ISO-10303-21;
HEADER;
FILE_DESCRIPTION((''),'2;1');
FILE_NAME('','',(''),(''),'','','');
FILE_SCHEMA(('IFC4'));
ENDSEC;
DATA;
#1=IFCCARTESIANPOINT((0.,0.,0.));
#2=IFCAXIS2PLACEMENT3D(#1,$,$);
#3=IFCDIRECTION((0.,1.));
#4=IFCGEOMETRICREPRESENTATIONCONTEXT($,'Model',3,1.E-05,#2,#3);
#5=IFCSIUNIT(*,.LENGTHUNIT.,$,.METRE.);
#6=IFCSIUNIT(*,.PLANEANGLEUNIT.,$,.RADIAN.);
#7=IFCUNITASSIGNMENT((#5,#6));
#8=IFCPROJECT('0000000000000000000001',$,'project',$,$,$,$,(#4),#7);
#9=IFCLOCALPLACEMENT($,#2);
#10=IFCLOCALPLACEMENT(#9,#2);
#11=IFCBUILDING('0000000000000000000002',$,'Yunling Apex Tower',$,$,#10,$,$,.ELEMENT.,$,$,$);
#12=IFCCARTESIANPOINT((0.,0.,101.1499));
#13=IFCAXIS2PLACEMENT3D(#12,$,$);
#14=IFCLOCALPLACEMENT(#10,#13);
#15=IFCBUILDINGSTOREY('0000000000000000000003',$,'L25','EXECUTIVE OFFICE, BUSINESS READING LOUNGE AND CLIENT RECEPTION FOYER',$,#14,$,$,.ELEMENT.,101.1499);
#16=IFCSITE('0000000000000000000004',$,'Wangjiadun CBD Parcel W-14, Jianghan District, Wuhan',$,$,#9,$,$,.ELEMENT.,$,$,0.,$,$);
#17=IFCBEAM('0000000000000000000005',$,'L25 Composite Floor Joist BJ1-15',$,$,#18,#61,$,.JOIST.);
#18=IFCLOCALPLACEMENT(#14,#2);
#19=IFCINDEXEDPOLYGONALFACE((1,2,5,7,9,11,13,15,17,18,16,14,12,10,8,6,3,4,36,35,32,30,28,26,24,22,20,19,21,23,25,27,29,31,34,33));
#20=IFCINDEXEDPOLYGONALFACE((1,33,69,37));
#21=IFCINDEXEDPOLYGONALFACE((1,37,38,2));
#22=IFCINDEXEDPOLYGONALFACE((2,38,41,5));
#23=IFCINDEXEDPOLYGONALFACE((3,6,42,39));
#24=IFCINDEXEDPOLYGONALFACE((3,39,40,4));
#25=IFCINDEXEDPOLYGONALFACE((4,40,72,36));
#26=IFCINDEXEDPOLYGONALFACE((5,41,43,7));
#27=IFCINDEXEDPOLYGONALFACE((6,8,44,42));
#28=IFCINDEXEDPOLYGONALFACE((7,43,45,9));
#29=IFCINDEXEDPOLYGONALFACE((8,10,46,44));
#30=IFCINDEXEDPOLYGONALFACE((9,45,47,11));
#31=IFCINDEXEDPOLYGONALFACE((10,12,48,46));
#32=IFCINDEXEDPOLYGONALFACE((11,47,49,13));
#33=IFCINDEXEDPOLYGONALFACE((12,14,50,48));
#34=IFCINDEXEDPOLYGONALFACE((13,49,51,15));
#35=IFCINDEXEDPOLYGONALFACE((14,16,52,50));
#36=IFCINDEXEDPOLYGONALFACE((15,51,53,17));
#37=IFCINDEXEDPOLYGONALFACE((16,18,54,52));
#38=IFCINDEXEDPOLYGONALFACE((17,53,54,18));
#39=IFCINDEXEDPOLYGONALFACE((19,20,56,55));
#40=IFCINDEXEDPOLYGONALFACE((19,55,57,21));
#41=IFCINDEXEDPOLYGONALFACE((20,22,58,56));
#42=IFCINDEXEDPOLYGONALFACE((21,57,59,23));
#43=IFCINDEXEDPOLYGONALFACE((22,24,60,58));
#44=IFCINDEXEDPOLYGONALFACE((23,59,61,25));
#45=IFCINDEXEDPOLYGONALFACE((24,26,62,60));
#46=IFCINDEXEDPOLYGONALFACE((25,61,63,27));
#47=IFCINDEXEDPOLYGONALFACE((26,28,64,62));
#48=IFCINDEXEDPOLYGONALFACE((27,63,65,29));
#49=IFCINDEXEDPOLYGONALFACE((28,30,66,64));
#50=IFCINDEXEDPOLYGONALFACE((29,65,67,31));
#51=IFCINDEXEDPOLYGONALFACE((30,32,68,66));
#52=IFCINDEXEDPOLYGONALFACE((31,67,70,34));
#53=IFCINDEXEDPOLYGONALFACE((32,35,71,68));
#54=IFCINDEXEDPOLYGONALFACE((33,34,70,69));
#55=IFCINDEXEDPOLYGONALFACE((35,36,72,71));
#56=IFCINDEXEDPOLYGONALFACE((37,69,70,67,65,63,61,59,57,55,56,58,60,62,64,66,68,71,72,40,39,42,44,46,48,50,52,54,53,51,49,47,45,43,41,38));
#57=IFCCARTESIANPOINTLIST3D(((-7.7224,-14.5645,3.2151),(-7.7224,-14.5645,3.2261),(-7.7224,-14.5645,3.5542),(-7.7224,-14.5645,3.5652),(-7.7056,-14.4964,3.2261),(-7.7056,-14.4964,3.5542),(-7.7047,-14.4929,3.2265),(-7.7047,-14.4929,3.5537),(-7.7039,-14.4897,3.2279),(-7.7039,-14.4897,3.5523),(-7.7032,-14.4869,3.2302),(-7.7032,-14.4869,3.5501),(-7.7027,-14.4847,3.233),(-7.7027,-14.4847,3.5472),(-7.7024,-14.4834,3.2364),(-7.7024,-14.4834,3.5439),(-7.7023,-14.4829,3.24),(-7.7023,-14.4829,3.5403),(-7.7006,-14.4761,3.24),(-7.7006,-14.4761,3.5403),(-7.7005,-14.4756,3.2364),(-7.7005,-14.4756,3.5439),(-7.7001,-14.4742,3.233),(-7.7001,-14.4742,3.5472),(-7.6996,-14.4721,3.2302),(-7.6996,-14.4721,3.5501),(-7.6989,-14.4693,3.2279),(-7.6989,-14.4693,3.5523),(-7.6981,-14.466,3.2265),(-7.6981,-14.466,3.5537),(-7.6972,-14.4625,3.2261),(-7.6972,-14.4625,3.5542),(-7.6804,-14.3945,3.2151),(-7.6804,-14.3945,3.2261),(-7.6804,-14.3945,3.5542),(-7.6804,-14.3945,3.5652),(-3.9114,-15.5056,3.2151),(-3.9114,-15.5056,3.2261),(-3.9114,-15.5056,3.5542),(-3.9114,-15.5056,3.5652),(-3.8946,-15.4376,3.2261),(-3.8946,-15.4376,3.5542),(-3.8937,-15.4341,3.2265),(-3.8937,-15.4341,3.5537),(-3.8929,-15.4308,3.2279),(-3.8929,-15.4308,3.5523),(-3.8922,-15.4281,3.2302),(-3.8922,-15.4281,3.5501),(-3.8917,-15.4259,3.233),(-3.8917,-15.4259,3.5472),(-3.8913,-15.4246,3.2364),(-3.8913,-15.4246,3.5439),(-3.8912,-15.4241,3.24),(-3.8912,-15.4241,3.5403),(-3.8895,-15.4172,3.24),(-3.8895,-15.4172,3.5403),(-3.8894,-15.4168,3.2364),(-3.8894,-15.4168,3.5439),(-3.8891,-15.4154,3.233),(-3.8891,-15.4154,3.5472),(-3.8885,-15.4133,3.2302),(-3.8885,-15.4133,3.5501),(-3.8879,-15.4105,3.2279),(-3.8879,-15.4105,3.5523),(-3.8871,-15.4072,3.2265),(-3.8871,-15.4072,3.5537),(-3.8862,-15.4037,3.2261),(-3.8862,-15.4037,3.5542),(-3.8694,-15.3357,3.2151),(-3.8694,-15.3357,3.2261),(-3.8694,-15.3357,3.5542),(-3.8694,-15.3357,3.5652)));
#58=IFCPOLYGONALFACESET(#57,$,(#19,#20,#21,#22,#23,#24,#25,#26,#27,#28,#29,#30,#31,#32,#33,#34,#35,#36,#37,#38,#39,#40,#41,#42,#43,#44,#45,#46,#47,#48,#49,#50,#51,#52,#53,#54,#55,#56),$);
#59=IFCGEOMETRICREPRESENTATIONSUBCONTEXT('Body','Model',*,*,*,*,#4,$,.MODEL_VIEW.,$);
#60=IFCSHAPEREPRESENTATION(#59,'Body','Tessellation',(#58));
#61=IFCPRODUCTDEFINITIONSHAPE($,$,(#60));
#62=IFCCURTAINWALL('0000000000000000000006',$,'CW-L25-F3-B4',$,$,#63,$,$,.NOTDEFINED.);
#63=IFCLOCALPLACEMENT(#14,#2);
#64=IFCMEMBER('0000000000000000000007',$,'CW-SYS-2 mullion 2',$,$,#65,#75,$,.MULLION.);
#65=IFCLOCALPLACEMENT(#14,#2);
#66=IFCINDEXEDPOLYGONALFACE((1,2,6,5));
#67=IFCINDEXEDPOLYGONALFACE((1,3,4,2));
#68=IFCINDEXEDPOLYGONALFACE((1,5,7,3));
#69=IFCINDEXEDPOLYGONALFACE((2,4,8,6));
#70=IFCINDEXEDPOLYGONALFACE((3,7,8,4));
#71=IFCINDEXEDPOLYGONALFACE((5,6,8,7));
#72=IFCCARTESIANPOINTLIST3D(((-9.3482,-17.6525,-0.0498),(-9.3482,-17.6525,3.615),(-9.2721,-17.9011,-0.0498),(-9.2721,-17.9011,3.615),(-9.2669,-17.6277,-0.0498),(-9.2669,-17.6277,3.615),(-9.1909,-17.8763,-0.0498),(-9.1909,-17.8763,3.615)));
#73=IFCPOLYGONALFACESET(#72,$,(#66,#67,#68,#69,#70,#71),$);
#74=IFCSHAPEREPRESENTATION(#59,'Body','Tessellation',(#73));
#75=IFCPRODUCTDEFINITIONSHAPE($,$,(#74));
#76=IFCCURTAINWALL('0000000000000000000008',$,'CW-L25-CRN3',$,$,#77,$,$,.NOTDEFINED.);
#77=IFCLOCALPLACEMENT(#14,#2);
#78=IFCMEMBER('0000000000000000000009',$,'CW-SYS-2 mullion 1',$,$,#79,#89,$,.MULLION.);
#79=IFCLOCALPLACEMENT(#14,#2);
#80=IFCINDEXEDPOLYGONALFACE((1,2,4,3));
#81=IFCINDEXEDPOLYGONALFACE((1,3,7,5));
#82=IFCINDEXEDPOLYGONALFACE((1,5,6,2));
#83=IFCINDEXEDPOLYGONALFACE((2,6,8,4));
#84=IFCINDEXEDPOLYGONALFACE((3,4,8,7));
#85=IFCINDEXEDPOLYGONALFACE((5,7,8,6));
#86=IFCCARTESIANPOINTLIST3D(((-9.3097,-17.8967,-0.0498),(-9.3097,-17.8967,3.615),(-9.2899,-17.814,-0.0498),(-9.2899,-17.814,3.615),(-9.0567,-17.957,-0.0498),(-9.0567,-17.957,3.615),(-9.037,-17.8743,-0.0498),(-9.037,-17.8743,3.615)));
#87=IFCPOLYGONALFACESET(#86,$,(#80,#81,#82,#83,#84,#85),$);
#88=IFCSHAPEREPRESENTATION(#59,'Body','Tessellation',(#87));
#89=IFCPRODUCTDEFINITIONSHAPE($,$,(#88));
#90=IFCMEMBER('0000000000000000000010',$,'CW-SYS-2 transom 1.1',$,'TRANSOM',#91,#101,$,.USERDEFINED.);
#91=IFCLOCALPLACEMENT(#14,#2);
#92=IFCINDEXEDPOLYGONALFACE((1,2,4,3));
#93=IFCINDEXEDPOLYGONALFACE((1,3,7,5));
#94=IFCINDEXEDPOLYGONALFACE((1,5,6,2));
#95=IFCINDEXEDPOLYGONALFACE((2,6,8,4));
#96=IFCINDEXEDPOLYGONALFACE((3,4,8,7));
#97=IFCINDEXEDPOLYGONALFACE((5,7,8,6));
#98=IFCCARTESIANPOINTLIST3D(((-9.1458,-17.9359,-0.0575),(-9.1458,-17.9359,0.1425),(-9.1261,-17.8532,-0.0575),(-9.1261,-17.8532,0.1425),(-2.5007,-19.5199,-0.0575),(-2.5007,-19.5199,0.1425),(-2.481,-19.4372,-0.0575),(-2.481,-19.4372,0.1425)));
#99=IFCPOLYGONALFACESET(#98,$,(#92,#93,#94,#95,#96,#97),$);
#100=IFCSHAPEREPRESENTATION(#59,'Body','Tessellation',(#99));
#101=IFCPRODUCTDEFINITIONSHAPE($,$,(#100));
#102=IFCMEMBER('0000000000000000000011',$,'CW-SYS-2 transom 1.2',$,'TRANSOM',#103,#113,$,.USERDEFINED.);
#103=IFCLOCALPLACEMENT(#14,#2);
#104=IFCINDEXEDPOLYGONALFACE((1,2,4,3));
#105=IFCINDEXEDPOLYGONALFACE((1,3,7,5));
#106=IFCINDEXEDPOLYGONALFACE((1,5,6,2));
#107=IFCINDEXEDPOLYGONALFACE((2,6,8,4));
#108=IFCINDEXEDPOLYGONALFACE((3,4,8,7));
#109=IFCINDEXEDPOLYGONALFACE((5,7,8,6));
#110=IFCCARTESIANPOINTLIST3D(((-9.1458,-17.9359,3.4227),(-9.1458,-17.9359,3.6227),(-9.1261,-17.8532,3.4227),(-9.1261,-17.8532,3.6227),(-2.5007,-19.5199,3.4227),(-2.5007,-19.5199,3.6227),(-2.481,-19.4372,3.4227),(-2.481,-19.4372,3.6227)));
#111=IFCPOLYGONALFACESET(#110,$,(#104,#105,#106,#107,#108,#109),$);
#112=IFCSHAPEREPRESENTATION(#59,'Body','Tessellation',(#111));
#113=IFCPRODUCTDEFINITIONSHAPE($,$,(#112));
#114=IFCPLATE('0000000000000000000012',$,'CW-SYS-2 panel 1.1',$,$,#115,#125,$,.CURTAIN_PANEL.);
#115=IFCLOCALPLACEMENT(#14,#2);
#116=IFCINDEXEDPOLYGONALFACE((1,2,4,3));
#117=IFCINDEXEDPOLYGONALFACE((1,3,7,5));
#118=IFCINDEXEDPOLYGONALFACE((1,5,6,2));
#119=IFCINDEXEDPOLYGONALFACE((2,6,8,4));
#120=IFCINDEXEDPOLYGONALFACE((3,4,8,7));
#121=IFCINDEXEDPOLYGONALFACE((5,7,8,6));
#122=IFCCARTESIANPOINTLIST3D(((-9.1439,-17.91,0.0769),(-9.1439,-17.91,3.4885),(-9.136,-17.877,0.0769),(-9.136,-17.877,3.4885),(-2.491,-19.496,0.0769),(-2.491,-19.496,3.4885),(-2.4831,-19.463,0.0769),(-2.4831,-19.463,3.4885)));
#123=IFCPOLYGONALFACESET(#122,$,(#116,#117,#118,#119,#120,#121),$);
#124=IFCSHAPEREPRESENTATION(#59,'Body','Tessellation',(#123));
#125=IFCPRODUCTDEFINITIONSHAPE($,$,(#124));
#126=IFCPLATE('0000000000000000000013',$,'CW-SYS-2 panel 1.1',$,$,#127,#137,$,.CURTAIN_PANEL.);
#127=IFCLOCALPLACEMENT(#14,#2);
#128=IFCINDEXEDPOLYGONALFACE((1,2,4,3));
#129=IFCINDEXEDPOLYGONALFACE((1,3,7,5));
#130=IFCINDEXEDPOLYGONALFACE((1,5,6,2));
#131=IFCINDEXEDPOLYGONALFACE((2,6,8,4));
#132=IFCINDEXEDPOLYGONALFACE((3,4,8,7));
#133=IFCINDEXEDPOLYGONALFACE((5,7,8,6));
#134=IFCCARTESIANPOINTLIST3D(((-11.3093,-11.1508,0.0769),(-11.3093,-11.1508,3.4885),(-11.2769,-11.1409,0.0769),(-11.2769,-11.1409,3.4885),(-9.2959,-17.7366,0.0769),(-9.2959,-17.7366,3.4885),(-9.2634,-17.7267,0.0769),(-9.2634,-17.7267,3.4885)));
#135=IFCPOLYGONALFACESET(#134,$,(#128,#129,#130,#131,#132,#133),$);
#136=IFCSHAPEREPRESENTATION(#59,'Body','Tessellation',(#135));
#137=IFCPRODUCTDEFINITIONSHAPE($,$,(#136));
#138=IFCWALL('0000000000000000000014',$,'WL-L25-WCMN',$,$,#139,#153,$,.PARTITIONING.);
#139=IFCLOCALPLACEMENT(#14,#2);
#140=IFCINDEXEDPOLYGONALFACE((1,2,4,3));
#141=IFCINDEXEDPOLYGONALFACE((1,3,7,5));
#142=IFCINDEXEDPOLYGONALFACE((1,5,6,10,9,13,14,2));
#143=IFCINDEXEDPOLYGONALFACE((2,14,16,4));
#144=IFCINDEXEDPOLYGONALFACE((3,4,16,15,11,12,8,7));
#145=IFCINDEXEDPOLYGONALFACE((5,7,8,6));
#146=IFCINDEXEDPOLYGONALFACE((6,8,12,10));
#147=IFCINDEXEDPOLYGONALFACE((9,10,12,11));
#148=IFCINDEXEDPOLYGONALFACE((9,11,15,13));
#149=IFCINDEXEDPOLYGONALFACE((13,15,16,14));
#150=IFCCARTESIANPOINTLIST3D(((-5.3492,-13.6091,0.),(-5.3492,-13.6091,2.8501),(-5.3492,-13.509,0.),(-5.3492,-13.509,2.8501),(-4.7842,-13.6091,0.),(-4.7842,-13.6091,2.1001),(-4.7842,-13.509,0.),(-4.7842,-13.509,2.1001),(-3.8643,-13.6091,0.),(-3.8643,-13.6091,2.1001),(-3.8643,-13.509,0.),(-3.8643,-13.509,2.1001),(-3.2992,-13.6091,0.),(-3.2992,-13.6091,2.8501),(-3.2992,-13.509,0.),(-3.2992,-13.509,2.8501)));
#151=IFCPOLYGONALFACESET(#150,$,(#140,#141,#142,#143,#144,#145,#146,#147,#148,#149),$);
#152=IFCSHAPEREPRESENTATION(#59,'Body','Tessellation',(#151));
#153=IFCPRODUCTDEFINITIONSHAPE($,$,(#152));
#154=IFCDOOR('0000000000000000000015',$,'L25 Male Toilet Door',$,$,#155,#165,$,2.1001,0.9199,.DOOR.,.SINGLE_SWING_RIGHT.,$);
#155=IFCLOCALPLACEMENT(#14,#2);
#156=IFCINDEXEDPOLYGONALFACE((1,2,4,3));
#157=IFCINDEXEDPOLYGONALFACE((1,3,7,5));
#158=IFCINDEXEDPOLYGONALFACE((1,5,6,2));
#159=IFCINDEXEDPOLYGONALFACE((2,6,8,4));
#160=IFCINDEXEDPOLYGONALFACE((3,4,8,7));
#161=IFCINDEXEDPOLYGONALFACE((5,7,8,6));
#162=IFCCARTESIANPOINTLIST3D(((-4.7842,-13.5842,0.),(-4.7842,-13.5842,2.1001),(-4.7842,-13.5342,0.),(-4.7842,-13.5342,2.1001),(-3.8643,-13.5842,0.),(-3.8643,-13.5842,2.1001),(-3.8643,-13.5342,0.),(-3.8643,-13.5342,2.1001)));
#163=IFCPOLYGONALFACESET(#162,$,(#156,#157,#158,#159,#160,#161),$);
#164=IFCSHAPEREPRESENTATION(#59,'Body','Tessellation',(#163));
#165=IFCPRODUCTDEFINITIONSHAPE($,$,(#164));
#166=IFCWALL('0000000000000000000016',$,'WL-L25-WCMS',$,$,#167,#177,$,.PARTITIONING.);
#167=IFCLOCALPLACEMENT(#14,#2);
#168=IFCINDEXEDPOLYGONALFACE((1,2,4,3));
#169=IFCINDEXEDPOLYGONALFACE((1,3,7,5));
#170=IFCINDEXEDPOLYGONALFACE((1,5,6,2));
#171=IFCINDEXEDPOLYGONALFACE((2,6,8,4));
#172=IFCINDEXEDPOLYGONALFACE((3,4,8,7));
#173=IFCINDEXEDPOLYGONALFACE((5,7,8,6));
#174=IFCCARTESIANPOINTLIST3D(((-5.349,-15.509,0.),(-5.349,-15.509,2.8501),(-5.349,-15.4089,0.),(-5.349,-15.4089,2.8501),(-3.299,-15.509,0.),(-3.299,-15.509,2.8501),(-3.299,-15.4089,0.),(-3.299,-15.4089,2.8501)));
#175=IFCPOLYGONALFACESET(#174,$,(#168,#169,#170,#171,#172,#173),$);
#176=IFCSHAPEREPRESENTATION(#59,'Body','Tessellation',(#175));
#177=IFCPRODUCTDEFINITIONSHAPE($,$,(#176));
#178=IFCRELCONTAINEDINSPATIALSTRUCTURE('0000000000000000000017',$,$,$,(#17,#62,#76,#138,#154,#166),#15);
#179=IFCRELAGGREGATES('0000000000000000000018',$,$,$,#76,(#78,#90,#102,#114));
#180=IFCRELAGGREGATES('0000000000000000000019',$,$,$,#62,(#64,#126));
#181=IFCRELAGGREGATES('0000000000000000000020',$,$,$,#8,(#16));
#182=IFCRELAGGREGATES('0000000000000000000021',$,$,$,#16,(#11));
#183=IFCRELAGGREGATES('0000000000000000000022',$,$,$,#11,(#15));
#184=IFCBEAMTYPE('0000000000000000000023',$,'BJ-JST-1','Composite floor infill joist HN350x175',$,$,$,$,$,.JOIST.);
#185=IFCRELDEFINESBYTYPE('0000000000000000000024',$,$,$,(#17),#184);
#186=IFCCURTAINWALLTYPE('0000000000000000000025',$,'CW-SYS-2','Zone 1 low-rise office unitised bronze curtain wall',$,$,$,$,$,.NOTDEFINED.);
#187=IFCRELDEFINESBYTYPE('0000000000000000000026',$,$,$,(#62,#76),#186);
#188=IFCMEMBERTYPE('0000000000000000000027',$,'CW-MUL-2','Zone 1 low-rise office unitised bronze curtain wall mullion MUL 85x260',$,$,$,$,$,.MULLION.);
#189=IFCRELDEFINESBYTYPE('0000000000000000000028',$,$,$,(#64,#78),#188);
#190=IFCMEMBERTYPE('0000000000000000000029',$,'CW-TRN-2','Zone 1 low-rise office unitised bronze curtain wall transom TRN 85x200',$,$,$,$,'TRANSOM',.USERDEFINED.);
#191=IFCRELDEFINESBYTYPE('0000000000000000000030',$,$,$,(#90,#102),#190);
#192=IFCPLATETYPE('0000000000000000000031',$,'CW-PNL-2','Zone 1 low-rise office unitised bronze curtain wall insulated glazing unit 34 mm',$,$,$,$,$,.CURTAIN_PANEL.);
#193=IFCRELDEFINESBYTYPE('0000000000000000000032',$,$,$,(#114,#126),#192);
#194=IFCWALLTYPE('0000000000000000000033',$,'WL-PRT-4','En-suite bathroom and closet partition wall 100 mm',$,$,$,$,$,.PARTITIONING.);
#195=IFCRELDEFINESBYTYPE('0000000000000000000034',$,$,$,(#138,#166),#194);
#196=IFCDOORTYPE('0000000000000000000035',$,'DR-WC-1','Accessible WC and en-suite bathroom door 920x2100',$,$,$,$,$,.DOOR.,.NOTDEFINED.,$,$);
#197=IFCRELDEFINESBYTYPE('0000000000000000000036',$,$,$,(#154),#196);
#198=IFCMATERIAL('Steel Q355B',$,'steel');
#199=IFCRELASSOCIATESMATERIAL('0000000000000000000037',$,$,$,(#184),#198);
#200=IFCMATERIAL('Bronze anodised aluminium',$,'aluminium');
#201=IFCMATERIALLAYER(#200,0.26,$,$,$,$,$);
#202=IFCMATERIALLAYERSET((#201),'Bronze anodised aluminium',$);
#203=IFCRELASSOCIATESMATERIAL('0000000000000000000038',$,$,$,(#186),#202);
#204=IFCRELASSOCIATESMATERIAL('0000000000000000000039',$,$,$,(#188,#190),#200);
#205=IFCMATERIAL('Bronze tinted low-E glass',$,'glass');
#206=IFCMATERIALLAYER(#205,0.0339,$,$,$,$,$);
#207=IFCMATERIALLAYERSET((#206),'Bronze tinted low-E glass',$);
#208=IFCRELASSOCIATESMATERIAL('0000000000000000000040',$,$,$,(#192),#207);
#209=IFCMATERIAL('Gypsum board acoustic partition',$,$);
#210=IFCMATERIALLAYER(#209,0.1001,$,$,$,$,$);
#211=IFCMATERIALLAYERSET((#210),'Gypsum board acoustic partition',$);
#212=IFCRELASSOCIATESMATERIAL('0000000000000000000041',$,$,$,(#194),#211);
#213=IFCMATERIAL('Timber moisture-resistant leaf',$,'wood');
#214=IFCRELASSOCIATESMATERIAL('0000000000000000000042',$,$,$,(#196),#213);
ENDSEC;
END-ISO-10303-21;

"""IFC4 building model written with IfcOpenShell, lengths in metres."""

from ifc_helpers import new_model, si_unit, direction, frame, frame_2d, origin, origin_2d, place, context, subcontext, project, spatial, rectangle, i_section, extrude, source, transform, mapped, material, layer, layer_set, material_profile, profile_set, type_object, element, fill, aggregate, save


model = new_model("IFC4")

# Units and contexts
model_context = context("Model", 3, precision=1e-05, world=origin(), true_north=direction((0.0, 1.0)))
body_context = subcontext(model_context, "Body", "Model", "MODEL_VIEW")
ifc_project = project(units=[si_unit("LENGTHUNIT", "METRE"), si_unit("PLANEANGLEUNIT", "RADIAN")], contexts=[model_context])

# Site, building, storey
site_placement = place(None, origin())
site = spatial("IfcSite", under=ifc_project, at=site_placement, Name="Wangjiadun CBD Parcel W-14, Jianghan District, Wuhan", CompositionType="ELEMENT", RefElevation=0.0)
building_placement = place(site_placement, origin())
building = spatial("IfcBuilding", under=site, at=building_placement, Name="Yunling Apex Tower", CompositionType="ELEMENT")
storey_placement = place(building_placement, frame((0.0, 0.0, 101.1499)))
storey = spatial("IfcBuildingStorey", under=building, at=storey_placement, Name="L25", Description="EXECUTIVE OFFICE, BUSINESS READING LOUNGE AND CLIENT RECEPTION FOYER", CompositionType="ELEMENT", Elevation=101.1499)

# Beam
ifc_material_1 = material(Name="Steel Q355B", Category="steel")
ifc_material_profile_1 = material_profile(ifc_material_1, i_section(OverallWidth=0.175, OverallDepth=0.3501, WebThickness=0.0071, FlangeThickness=0.011, FilletRadius=0.0139, at=origin_2d()))
ifc_profile_set_1 = profile_set([ifc_material_profile_1], Name="Steel Q355B")
beam_type_1 = type_object("IfcBeamType", Name="BJ-JST-1", Description="Composite floor infill joist HN350x175", PredefinedType="JOIST", material=ifc_profile_set_1)
shared_shape_1 = source(origin(), body_context, "Body", "SweptSolid", [
    extrude(i_section(OverallWidth=0.175, OverallDepth=0.3501, WebThickness=0.0071, FlangeThickness=0.011, FilletRadius=0.0139, at=origin_2d()), origin(), (0.0, 0.0, 1.0), 3.9255),
])
beam_1_placement = place(storey_placement, frame((-7.7014, -14.4795, 3.3901), z_axis=(0.970834, -0.239754, 0.0), x_axis=(0.239754, 0.970834, 0.0)))
element("IfcBeam", 1, at=beam_1_placement, inside=storey, type_object=beam_type_1, Name="L25 Composite Floor Joist BJ1-15", PredefinedType="JOIST", context=body_context, shape_type="MappedRepresentation", body=[
    mapped(shared_shape_1, transform((0.0, 0.0, 0.0), scale=1.0)),
])

# Curtain wall, member
ifc_material_2 = material(Name="Bronze anodised aluminium", Category="aluminium")
ifc_layer_1 = layer(ifc_material_2, 0.26)
ifc_layer_set_1 = layer_set([ifc_layer_1], Name="Bronze anodised aluminium")
curtain_wall_type = type_object("IfcCurtainWallType", Name="CW-SYS-2", Description="Zone 1 low-rise office unitised bronze curtain wall", PredefinedType="NOTDEFINED", material=ifc_layer_set_1)
curtain_wall_1_placement = place(storey_placement, origin())
curtain_wall_1 = element("IfcCurtainWall", 2, at=curtain_wall_1_placement, inside=storey, type_object=curtain_wall_type, Name="CW-L25-F3-B4", PredefinedType="NOTDEFINED")
ifc_material_profile_2 = material_profile(ifc_material_2, rectangle(XDim=0.085, YDim=0.26, at=origin_2d()))
ifc_profile_set_2 = profile_set([ifc_material_profile_2], Name="Bronze anodised aluminium")
member_type_1 = type_object("IfcMemberType", Name="CW-MUL-2", Description="Zone 1 low-rise office unitised bronze curtain wall mullion MUL 85x260", PredefinedType="MULLION", material=ifc_profile_set_2)
shared_shape_2 = source(origin(), body_context, "Body", "SweptSolid", [
    extrude(rectangle(XDim=0.085, YDim=0.26, at=origin_2d()), origin(), (0.0, 0.0, 1.0), 3.6648),
])
member_1_placement = place(storey_placement, frame((-9.2695, -17.7644, -0.0498), z_axis=(0.0, 0.0, 1.0), x_axis=(0.956304, 0.292373, 0.0)))
member_1 = element("IfcMember", 3, at=member_1_placement, type_object=member_type_1, Name="CW-SYS-2 mullion 2", PredefinedType="MULLION", context=body_context, shape_type="MappedRepresentation", body=[
    mapped(shared_shape_2, transform((0.0, 0.0, 0.0), scale=1.0)),
])

# Curtain wall, members, plate
curtain_wall_2_placement = place(storey_placement, origin())
curtain_wall_2 = element("IfcCurtainWall", 4, at=curtain_wall_2_placement, inside=storey, type_object=curtain_wall_type, Name="CW-L25-CRN3", PredefinedType="NOTDEFINED")
member_2_placement = place(storey_placement, frame((-9.1733, -17.8855, -0.0498), z_axis=(0.0, 0.0, 1.0), x_axis=(0.231895, 0.972741, 0.0)))
member_2 = element("IfcMember", 5, at=member_2_placement, type_object=member_type_1, Name="CW-SYS-2 mullion 1", PredefinedType="MULLION", context=body_context, shape_type="MappedRepresentation", body=[
    mapped(shared_shape_2, transform((0.0, 0.0, 0.0), scale=1.0)),
])
ifc_material_profile_3 = material_profile(ifc_material_2, rectangle(XDim=0.085, YDim=0.2, at=origin_2d()))
ifc_profile_set_3 = profile_set([ifc_material_profile_3], Name="Bronze anodised aluminium")
member_type_2 = type_object("IfcMemberType", Name="CW-TRN-2", Description="Zone 1 low-rise office unitised bronze curtain wall transom TRN 85x200", ElementType="TRANSOM", PredefinedType="USERDEFINED", material=ifc_profile_set_3)
shared_shape_3 = source(origin(), body_context, "Body", "SweptSolid", [
    extrude(rectangle(XDim=0.085, YDim=0.2, at=origin_2d()), origin(), (0.0, 0.0, 1.0), 6.8313),
])
member_3_placement = place(storey_placement, frame((-9.136, -17.8945, 0.0425), z_axis=(0.972746, -0.231875, 0.0), x_axis=(0.231875, 0.972746, 0.0)))
member_3 = element("IfcMember", 6, at=member_3_placement, type_object=member_type_2, Name="CW-SYS-2 transom 1.1", ObjectType="TRANSOM", PredefinedType="USERDEFINED", context=body_context, shape_type="MappedRepresentation", body=[
    mapped(shared_shape_3, transform((0.0, 0.0, 0.0), scale=1.0)),
])
member_4_placement = place(storey_placement, frame((-9.136, -17.8945, 3.5227), z_axis=(0.972746, -0.231875, 0.0), x_axis=(0.231875, 0.972746, 0.0)))
member_4 = element("IfcMember", 7, at=member_4_placement, type_object=member_type_2, Name="CW-SYS-2 transom 1.2", ObjectType="TRANSOM", PredefinedType="USERDEFINED", context=body_context, shape_type="MappedRepresentation", body=[
    mapped(shared_shape_3, transform((0.0, 0.0, 0.0), scale=1.0)),
])
ifc_material_3 = material(Name="Bronze tinted low-E glass", Category="glass")
ifc_layer_2 = layer(ifc_material_3, 0.0339)
ifc_layer_set_2 = layer_set([ifc_layer_2], Name="Bronze tinted low-E glass")
plate_type = type_object("IfcPlateType", Name="CW-PNL-2", Description="Zone 1 low-rise office unitised bronze curtain wall insulated glazing unit 34 mm", PredefinedType="CURTAIN_PANEL", material=ifc_layer_set_2)
shared_shape_4 = source(origin(), body_context, "Body", "SweptSolid", [
    extrude(rectangle(XDim=6.8394, YDim=0.0339, at=origin_2d()), origin(), (0.0, 0.0, 1.0), 3.4116),
])
plate_1_placement = place(storey_placement, frame((-5.8135, -18.6865, 0.0769), z_axis=(0.0, 0.0, 1.0), x_axis=(0.972741, -0.231895, 0.0)))
plate_1 = element("IfcPlate", 8, at=plate_1_placement, type_object=plate_type, Name="CW-SYS-2 panel 1.1", PredefinedType="CURTAIN_PANEL", context=body_context, shape_type="MappedRepresentation", body=[
    mapped(shared_shape_4, transform((0.0, 0.0, 0.0), scale=1.0)),
])
aggregate(curtain_wall_2, [member_2, member_3, member_4, plate_1])

# Plate
shared_shape_5 = source(origin(), body_context, "Body", "SweptSolid", [
    extrude(rectangle(XDim=6.8867, YDim=0.0339, at=origin_2d()), origin(), (0.0, 0.0, 1.0), 3.4116),
])
plate_2_placement = place(storey_placement, frame((-10.2864, -14.4387, 0.0769), z_axis=(0.0, 0.0, 1.0), x_axis=(0.292373, -0.956304, 0.0)))
plate_2 = element("IfcPlate", 9, at=plate_2_placement, type_object=plate_type, Name="CW-SYS-2 panel 1.1", PredefinedType="CURTAIN_PANEL", context=body_context, shape_type="MappedRepresentation", body=[
    mapped(shared_shape_5, transform((0.0, 0.0, 0.0), scale=1.0)),
])
aggregate(curtain_wall_1, [member_1, plate_2])

# Wall, opening, door
ifc_material_4 = material(Name="Gypsum board acoustic partition")
ifc_layer_3 = layer(ifc_material_4, 0.1001)
ifc_layer_set_3 = layer_set([ifc_layer_3], Name="Gypsum board acoustic partition")
wall_type = type_object("IfcWallType", Name="WL-PRT-4", Description="En-suite bathroom and closet partition wall 100 mm", PredefinedType="PARTITIONING", material=ifc_layer_set_3)
wall_1_placement = place(storey_placement, frame((-5.3491, -13.5591, 0.0), z_axis=(0.0, 0.0, 1.0), x_axis=(1.0, 0.0, 0.0)))
wall_1 = element("IfcWall", 10, at=wall_1_placement, inside=storey, type_object=wall_type, Name="WL-L25-WCMN", PredefinedType="PARTITIONING", context=body_context, shape_type="SweptSolid", body=[
    extrude(rectangle(XDim=2.05, YDim=0.1001, at=frame_2d((1.0249, 0.0))), origin(), (0.0, 0.0, 1.0), 2.8501),
])
opening_1_placement = place(wall_1_placement, frame((0.5649, 0.0, 0.0)))
opening_1 = element("IfcOpeningElement", 11, at=opening_1_placement, cuts=wall_1, PredefinedType="OPENING", context=body_context, shape_type="SweptSolid", body=[
    extrude(rectangle(XDim=0.9199, YDim=2.1001, at=frame_2d((0.46, 1.05))), frame((0.0, 0.0601, 0.0), z_axis=(0.0, -1.0, 0.0), x_axis=(1.0, 0.0, 0.0)), (0.0, 0.0, 1.0), 0.1201),
])
ifc_material_5 = material(Name="Timber moisture-resistant leaf", Category="wood")
door_type = type_object("IfcDoorType", Name="DR-WC-1", Description="Accessible WC and en-suite bathroom door 920x2100", OperationType="NOTDEFINED", PredefinedType="DOOR", material=ifc_material_5)
door_1_placement = place(opening_1_placement, origin())
door_1 = element("IfcDoor", 12, at=door_1_placement, inside=storey, type_object=door_type, Name="L25 Male Toilet Door", OperationType="SINGLE_SWING_RIGHT", OverallHeight=2.1001, OverallWidth=0.9199, PredefinedType="DOOR", context=body_context, shape_type="SweptSolid", body=[
    extrude(rectangle(XDim=0.9199, YDim=2.1001, at=frame_2d((0.46, 1.05))), frame((0.0, 0.0249, 0.0), z_axis=(0.0, -1.0, 0.0), x_axis=(1.0, 0.0, 0.0)), (0.0, 0.0, 1.0), 0.05),
])
fill(opening_1, door_1)

# Wall
wall_2_placement = place(storey_placement, frame((-3.2991, -15.459, 0.0), z_axis=(0.0, 0.0, 1.0), x_axis=(-1.0, 0.0, 0.0)))
element("IfcWall", 13, at=wall_2_placement, inside=storey, type_object=wall_type, Name="WL-L25-WCMS", PredefinedType="PARTITIONING", context=body_context, shape_type="SweptSolid", body=[
    extrude(rectangle(XDim=2.05, YDim=0.1001, at=frame_2d((1.0249, 0.0))), origin(), (0.0, 0.0, 1.0), 2.8501),
])

save(model, "model.ifc")
